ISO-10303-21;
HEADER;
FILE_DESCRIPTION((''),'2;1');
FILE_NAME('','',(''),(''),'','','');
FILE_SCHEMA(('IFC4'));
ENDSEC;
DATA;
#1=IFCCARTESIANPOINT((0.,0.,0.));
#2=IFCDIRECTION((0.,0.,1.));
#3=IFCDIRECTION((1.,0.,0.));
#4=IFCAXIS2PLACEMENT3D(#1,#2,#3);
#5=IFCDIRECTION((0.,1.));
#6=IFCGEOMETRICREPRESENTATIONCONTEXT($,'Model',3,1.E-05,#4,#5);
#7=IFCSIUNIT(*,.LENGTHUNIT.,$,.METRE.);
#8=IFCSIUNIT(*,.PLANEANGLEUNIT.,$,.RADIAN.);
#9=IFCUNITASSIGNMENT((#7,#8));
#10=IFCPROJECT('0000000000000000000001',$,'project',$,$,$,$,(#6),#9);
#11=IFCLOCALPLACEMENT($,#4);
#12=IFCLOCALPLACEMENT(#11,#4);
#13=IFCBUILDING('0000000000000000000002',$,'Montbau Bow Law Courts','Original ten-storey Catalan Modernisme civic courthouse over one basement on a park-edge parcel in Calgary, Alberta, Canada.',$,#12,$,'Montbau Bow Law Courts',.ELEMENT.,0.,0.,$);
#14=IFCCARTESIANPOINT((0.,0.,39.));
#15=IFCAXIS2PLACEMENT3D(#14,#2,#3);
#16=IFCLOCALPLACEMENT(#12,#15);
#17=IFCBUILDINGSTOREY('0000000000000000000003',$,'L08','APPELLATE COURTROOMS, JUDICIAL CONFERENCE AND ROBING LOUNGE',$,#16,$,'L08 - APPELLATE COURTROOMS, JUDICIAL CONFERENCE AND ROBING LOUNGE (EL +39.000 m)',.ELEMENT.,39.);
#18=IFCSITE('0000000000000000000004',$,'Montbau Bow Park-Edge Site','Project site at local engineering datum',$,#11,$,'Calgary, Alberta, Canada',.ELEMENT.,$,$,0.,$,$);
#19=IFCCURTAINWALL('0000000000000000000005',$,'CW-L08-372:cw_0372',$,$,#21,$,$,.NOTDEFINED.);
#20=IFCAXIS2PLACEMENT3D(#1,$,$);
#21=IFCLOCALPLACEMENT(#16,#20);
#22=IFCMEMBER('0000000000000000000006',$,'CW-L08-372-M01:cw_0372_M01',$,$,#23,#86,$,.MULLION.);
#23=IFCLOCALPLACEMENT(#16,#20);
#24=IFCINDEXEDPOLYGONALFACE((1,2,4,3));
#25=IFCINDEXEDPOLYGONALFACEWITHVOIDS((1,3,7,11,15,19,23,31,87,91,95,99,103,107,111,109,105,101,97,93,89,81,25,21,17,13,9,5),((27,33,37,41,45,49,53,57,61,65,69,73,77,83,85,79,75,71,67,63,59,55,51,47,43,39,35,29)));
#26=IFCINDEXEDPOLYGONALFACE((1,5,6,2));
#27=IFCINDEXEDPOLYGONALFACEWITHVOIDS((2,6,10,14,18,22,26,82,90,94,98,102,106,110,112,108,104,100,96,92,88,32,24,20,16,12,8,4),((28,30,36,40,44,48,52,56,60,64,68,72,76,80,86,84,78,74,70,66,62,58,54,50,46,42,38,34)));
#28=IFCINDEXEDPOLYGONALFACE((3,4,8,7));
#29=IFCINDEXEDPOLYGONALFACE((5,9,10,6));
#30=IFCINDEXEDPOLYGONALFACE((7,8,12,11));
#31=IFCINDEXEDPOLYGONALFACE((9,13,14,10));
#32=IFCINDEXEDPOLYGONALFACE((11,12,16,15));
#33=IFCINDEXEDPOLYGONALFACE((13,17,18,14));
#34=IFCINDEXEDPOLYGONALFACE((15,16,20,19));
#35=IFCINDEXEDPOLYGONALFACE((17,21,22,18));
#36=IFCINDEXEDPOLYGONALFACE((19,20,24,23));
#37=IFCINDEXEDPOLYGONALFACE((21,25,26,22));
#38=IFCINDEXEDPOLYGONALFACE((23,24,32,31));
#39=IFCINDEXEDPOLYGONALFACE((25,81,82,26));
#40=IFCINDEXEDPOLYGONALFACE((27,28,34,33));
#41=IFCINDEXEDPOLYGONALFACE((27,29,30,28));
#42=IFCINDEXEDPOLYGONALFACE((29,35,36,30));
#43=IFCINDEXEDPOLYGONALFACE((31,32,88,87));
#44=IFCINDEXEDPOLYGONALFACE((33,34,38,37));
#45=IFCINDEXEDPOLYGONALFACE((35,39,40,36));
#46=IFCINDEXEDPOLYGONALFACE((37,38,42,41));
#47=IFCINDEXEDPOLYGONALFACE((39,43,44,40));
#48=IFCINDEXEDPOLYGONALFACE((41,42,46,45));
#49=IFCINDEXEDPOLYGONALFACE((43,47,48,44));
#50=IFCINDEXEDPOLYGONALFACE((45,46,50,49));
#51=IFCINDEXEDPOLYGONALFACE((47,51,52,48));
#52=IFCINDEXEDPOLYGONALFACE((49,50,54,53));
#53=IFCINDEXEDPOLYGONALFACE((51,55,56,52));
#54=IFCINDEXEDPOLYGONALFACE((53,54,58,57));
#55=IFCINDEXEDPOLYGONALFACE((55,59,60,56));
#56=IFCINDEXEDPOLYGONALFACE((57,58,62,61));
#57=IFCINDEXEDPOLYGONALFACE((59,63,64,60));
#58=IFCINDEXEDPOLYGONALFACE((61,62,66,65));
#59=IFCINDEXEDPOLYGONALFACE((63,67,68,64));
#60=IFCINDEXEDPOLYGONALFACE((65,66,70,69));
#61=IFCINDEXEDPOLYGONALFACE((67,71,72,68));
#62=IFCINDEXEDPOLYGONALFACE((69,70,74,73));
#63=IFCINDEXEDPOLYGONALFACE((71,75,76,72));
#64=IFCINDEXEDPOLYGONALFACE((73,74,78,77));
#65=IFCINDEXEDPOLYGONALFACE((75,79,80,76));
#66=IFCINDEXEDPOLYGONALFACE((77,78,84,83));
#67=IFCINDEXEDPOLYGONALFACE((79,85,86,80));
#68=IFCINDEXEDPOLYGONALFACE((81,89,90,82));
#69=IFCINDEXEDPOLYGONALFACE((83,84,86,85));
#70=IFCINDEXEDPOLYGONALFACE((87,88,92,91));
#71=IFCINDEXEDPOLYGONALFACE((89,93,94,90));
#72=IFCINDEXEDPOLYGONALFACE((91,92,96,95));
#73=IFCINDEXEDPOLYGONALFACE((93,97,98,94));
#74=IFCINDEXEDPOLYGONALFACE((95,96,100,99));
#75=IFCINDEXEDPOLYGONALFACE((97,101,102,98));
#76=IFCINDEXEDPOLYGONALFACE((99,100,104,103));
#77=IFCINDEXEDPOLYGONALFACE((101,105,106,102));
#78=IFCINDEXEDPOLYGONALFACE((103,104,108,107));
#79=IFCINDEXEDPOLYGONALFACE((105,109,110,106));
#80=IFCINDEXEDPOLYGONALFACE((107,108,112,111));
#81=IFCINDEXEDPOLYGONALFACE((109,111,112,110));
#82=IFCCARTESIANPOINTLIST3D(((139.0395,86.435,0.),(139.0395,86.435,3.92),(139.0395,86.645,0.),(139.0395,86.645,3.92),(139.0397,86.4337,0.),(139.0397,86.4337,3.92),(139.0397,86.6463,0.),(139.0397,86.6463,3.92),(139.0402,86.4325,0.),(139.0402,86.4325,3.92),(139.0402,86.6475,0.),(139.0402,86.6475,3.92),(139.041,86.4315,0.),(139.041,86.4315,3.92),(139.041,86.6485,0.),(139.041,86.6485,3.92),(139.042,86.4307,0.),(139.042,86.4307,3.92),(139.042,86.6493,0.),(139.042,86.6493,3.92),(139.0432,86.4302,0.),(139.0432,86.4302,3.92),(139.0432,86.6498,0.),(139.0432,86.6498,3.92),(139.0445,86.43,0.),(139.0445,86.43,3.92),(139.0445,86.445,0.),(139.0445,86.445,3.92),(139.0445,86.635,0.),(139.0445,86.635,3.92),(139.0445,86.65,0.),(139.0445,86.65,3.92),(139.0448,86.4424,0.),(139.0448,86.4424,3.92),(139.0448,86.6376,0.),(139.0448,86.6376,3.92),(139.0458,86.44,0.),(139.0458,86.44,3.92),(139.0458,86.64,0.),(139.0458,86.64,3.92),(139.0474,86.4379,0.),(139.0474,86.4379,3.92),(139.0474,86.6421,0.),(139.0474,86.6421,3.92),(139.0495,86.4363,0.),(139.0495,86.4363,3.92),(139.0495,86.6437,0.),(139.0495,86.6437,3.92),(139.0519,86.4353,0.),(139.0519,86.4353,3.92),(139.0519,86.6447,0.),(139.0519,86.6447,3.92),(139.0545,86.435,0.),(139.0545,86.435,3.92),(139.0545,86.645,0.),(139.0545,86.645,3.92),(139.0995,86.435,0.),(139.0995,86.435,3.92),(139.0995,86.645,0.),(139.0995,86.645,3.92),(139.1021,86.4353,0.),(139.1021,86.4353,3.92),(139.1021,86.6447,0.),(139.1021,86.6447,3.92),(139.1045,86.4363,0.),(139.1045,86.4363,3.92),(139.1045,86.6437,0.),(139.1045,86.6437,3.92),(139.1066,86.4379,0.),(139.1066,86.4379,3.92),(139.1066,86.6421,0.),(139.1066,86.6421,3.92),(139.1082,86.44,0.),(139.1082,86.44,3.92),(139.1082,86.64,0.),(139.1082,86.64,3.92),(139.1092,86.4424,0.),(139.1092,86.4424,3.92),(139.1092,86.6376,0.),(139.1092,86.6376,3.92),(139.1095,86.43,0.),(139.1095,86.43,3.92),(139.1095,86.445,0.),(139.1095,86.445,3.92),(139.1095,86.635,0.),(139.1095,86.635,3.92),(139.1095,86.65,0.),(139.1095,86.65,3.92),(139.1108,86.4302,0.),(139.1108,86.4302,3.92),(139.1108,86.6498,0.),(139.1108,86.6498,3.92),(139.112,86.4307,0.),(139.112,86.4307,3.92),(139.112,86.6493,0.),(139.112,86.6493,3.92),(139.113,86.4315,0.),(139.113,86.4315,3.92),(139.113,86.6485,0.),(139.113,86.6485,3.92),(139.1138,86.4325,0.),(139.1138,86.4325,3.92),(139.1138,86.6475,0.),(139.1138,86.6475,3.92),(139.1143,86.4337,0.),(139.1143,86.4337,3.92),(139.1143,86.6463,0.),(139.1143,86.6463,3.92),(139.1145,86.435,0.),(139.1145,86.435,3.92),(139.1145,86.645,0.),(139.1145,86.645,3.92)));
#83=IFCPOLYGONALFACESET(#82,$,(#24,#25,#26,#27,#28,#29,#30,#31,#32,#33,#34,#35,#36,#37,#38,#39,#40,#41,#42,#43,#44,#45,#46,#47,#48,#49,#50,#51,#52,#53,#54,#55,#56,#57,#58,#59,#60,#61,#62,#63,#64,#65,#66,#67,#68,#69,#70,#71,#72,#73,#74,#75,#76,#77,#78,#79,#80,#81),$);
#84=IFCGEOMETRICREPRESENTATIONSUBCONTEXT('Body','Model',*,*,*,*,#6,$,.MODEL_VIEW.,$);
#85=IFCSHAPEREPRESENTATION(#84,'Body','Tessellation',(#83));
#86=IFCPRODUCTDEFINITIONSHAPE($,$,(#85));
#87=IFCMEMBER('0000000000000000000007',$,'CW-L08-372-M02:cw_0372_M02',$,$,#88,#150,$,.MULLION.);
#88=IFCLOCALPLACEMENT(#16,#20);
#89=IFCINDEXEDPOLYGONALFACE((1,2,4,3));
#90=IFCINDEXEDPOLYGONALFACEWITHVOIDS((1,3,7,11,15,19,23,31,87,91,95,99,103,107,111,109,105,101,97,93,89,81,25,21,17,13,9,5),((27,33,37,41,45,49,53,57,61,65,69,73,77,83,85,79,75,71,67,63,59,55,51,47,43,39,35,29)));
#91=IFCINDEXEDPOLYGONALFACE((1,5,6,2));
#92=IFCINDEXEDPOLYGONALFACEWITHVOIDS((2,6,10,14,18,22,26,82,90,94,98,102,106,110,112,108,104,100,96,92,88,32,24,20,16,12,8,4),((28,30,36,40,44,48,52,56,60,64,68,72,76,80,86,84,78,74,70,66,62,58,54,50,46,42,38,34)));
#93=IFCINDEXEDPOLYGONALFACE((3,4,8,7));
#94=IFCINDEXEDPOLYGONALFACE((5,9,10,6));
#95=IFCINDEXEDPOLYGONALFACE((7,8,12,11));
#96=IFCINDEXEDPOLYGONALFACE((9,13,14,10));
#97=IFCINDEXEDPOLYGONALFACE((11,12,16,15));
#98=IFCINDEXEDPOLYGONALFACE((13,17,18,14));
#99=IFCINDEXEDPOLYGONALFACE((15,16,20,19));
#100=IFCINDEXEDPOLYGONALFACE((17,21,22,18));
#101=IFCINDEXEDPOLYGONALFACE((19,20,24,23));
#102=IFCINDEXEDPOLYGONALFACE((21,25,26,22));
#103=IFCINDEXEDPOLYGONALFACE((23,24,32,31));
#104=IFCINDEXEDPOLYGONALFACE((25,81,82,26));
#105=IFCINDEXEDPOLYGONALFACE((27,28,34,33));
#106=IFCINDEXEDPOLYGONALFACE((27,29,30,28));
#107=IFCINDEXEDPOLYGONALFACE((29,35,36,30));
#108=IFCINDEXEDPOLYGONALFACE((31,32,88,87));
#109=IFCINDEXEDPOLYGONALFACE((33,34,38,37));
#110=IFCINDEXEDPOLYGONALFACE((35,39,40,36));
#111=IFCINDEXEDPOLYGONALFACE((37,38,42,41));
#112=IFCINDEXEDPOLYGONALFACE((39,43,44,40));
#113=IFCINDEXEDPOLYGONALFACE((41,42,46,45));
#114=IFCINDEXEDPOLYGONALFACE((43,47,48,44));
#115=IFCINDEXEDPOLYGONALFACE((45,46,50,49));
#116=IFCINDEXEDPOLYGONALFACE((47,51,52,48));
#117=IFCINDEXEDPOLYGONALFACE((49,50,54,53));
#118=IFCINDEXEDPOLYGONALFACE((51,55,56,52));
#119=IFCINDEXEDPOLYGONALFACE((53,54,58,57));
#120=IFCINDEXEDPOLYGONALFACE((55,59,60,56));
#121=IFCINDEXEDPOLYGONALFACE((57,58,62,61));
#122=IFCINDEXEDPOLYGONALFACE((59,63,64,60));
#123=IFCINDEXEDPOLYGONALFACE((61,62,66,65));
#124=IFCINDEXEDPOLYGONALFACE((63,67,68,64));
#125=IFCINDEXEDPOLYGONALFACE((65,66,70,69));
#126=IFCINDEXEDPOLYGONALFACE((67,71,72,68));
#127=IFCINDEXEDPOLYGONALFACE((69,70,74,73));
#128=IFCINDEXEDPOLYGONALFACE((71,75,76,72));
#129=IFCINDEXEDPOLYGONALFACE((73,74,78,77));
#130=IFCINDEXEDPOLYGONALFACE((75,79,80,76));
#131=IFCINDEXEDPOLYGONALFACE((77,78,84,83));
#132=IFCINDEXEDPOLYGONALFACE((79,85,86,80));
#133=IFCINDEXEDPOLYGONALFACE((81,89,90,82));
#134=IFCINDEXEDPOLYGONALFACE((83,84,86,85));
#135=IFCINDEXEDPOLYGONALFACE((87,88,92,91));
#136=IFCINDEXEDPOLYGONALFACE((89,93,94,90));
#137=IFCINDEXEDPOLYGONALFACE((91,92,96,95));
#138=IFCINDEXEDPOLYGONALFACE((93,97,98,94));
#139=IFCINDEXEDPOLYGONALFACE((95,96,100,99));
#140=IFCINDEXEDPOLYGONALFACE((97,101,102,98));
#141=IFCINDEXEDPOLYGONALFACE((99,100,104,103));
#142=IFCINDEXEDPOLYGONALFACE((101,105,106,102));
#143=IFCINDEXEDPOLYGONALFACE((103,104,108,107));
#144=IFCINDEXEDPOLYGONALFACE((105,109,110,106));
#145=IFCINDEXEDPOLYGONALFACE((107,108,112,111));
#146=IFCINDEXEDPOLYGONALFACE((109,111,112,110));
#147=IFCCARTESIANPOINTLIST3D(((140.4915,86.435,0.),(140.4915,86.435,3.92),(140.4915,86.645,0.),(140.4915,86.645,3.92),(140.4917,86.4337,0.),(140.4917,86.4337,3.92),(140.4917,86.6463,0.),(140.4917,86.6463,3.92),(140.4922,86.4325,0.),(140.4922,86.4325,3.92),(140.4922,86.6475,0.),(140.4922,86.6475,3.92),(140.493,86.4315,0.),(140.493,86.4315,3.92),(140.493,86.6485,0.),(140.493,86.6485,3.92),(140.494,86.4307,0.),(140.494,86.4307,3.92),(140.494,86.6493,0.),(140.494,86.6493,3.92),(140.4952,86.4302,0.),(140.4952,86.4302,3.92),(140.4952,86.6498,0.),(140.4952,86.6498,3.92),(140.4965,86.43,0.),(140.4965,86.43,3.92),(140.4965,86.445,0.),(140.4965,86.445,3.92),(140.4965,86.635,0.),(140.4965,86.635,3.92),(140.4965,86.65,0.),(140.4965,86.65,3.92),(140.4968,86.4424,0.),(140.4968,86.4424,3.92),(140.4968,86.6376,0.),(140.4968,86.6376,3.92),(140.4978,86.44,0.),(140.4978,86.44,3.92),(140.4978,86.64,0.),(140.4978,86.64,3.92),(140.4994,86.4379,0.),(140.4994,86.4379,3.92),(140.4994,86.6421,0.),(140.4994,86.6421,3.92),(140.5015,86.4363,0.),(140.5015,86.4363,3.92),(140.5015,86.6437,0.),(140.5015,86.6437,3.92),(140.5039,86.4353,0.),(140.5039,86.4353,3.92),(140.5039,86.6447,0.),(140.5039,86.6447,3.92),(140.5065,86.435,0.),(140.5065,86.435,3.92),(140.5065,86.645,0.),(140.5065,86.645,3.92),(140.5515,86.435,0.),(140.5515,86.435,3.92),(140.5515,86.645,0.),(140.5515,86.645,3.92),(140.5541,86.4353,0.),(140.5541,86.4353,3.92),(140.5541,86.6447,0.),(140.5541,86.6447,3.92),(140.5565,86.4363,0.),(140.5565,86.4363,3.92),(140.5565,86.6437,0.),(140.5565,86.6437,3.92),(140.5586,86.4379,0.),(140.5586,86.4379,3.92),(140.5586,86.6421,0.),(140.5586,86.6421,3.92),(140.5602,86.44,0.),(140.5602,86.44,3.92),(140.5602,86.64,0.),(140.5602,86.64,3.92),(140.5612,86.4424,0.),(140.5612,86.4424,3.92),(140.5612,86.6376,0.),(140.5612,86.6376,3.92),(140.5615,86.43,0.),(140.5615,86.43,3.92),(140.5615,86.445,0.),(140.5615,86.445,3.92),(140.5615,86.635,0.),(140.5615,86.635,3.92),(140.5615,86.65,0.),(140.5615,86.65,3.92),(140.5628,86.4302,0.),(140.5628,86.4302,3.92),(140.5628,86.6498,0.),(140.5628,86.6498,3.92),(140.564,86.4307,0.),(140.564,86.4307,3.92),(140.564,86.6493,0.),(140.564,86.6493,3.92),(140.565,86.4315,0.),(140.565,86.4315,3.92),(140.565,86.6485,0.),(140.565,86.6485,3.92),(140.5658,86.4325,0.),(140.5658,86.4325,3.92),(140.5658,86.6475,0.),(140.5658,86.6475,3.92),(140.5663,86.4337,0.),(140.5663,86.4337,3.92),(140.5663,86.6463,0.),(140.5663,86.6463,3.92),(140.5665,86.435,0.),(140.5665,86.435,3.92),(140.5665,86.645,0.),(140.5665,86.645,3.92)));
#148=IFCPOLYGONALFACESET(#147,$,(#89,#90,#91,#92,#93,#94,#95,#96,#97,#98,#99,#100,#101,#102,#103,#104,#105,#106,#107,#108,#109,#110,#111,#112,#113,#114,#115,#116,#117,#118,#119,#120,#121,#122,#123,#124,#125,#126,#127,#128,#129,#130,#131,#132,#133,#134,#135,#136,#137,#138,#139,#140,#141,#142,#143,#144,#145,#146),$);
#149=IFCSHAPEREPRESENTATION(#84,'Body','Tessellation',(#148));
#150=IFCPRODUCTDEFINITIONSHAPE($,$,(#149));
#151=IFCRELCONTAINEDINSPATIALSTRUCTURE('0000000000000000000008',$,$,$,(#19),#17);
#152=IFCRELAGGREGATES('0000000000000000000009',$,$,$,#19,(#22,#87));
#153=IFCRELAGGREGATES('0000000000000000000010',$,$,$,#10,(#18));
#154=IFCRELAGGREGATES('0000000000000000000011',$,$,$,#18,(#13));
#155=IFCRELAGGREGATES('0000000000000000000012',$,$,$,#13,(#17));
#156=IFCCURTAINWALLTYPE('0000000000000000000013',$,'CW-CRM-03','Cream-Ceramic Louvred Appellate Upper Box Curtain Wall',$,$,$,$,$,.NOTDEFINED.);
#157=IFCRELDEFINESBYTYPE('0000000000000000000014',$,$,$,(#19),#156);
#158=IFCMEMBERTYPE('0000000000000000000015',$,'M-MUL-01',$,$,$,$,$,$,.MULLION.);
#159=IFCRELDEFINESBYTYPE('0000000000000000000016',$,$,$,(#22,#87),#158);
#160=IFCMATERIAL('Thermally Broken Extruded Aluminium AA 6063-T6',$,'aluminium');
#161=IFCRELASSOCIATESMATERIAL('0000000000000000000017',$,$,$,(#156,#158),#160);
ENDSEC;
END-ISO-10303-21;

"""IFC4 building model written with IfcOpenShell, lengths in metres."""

from ifc_helpers import new_model, si_unit, direction, frame, origin_with_axes, origin_2d_with_axis, place, context, subcontext, project, spatial, hollow_rectangle, extrude, material, material_profile, profile_set, type_object, element, aggregate, save


model = new_model("IFC4")

# Units and contexts
model_context = context("Model", 3, precision=1e-05, world=origin_with_axes(), true_north=direction((0.0, 1.0)))
body_context = subcontext(model_context, "Body", "Model", "MODEL_VIEW")
ifc_project = project(units=[si_unit("LENGTHUNIT", "METRE"), si_unit("PLANEANGLEUNIT", "RADIAN")], contexts=[model_context])

# Site, building, storey
site_placement = place(None, origin_with_axes())
site = spatial("IfcSite", under=ifc_project, at=site_placement, Name="Montbau Bow Park-Edge Site", Description="Project site at local engineering datum", LongName="Calgary, Alberta, Canada", CompositionType="ELEMENT", RefElevation=0.0)
building_placement = place(site_placement, origin_with_axes())
building = spatial("IfcBuilding", under=site, at=building_placement, Name="Montbau Bow Law Courts", Description="Original ten-storey Catalan Modernisme civic courthouse over one basement on a park-edge parcel in Calgary, Alberta, Canada.", LongName="Montbau Bow Law Courts", CompositionType="ELEMENT", ElevationOfRefHeight=0.0, ElevationOfTerrain=0.0)
storey_placement = place(building_placement, frame((0.0, 0.0, 39.0), z_axis=(0.0, 0.0, 1.0), x_axis=(1.0, 0.0, 0.0)))
storey = spatial("IfcBuildingStorey", under=building, at=storey_placement, Name="L08", Description="APPELLATE COURTROOMS, JUDICIAL CONFERENCE AND ROBING LOUNGE", LongName="L08 - APPELLATE COURTROOMS, JUDICIAL CONFERENCE AND ROBING LOUNGE (EL +39.000 m)", CompositionType="ELEMENT", Elevation=39.0)

# Curtain wall, members
ifc_material_1 = material(Name="Thermally Broken Extruded Aluminium AA 6063-T6", Category="aluminium")
curtain_wall_type = type_object("IfcCurtainWallType", Name="CW-CRM-03", Description="Cream-Ceramic Louvred Appellate Upper Box Curtain Wall", PredefinedType="NOTDEFINED", material=ifc_material_1)
curtain_wall_placement = place(None, frame((139.04, 86.54, 39.0), z_axis=(0.0, 0.0, 1.0), x_axis=(1.0, 0.0, 0.0)))
curtain_wall = element("IfcCurtainWall", 1, at=curtain_wall_placement, inside=storey, type_object=curtain_wall_type, Name="CW-L08-372:cw_0372", PredefinedType="NOTDEFINED")
ifc_material_profile_1 = material_profile(ifc_material_1, hollow_rectangle(XDim=0.075, YDim=0.22, WallThickness=0.005, InnerFilletRadius=0.01, OuterFilletRadius=0.005, at=origin_2d_with_axis()), Name="CWM-220X75", Category="Main", Priority=0)
ifc_profile_set_1 = profile_set([ifc_material_profile_1], Name="Thermally Broken Extruded Aluminium AA 6063-T6")
member_type_1 = type_object("IfcMemberType", Name="M-MUL-01", PredefinedType="MULLION", material=ifc_profile_set_1)
member_1_placement = place(None, frame((139.077, 86.54, 39.0), z_axis=(0.0, 0.0, 1.0), x_axis=(1.0, 0.0, 0.0)))
member_1 = element("IfcMember", 2, at=member_1_placement, type_object=member_type_1, Name="CW-L08-372-M01:cw_0372_M01", PredefinedType="MULLION", context=body_context, shape_type="SweptSolid", body=[
    extrude(hollow_rectangle(XDim=0.075, YDim=0.22, WallThickness=0.005, InnerFilletRadius=0.01, OuterFilletRadius=0.005, at=origin_2d_with_axis()), origin_with_axes(), (0.0, 0.0, 1.0), 3.92),
])
member_2_placement = place(None, frame((140.529, 86.54, 39.0), z_axis=(0.0, 0.0, 1.0), x_axis=(1.0, 0.0, 0.0)))
member_2 = element("IfcMember", 3, at=member_2_placement, type_object=member_type_1, Name="CW-L08-372-M02:cw_0372_M02", PredefinedType="MULLION", context=body_context, shape_type="SweptSolid", body=[
    extrude(hollow_rectangle(XDim=0.075, YDim=0.22, WallThickness=0.005, InnerFilletRadius=0.01, OuterFilletRadius=0.005, at=origin_2d_with_axis()), origin_with_axes(), (0.0, 0.0, 1.0), 3.92),
])
aggregate(curtain_wall, [member_1, member_2])

save(model, "model.ifc")
